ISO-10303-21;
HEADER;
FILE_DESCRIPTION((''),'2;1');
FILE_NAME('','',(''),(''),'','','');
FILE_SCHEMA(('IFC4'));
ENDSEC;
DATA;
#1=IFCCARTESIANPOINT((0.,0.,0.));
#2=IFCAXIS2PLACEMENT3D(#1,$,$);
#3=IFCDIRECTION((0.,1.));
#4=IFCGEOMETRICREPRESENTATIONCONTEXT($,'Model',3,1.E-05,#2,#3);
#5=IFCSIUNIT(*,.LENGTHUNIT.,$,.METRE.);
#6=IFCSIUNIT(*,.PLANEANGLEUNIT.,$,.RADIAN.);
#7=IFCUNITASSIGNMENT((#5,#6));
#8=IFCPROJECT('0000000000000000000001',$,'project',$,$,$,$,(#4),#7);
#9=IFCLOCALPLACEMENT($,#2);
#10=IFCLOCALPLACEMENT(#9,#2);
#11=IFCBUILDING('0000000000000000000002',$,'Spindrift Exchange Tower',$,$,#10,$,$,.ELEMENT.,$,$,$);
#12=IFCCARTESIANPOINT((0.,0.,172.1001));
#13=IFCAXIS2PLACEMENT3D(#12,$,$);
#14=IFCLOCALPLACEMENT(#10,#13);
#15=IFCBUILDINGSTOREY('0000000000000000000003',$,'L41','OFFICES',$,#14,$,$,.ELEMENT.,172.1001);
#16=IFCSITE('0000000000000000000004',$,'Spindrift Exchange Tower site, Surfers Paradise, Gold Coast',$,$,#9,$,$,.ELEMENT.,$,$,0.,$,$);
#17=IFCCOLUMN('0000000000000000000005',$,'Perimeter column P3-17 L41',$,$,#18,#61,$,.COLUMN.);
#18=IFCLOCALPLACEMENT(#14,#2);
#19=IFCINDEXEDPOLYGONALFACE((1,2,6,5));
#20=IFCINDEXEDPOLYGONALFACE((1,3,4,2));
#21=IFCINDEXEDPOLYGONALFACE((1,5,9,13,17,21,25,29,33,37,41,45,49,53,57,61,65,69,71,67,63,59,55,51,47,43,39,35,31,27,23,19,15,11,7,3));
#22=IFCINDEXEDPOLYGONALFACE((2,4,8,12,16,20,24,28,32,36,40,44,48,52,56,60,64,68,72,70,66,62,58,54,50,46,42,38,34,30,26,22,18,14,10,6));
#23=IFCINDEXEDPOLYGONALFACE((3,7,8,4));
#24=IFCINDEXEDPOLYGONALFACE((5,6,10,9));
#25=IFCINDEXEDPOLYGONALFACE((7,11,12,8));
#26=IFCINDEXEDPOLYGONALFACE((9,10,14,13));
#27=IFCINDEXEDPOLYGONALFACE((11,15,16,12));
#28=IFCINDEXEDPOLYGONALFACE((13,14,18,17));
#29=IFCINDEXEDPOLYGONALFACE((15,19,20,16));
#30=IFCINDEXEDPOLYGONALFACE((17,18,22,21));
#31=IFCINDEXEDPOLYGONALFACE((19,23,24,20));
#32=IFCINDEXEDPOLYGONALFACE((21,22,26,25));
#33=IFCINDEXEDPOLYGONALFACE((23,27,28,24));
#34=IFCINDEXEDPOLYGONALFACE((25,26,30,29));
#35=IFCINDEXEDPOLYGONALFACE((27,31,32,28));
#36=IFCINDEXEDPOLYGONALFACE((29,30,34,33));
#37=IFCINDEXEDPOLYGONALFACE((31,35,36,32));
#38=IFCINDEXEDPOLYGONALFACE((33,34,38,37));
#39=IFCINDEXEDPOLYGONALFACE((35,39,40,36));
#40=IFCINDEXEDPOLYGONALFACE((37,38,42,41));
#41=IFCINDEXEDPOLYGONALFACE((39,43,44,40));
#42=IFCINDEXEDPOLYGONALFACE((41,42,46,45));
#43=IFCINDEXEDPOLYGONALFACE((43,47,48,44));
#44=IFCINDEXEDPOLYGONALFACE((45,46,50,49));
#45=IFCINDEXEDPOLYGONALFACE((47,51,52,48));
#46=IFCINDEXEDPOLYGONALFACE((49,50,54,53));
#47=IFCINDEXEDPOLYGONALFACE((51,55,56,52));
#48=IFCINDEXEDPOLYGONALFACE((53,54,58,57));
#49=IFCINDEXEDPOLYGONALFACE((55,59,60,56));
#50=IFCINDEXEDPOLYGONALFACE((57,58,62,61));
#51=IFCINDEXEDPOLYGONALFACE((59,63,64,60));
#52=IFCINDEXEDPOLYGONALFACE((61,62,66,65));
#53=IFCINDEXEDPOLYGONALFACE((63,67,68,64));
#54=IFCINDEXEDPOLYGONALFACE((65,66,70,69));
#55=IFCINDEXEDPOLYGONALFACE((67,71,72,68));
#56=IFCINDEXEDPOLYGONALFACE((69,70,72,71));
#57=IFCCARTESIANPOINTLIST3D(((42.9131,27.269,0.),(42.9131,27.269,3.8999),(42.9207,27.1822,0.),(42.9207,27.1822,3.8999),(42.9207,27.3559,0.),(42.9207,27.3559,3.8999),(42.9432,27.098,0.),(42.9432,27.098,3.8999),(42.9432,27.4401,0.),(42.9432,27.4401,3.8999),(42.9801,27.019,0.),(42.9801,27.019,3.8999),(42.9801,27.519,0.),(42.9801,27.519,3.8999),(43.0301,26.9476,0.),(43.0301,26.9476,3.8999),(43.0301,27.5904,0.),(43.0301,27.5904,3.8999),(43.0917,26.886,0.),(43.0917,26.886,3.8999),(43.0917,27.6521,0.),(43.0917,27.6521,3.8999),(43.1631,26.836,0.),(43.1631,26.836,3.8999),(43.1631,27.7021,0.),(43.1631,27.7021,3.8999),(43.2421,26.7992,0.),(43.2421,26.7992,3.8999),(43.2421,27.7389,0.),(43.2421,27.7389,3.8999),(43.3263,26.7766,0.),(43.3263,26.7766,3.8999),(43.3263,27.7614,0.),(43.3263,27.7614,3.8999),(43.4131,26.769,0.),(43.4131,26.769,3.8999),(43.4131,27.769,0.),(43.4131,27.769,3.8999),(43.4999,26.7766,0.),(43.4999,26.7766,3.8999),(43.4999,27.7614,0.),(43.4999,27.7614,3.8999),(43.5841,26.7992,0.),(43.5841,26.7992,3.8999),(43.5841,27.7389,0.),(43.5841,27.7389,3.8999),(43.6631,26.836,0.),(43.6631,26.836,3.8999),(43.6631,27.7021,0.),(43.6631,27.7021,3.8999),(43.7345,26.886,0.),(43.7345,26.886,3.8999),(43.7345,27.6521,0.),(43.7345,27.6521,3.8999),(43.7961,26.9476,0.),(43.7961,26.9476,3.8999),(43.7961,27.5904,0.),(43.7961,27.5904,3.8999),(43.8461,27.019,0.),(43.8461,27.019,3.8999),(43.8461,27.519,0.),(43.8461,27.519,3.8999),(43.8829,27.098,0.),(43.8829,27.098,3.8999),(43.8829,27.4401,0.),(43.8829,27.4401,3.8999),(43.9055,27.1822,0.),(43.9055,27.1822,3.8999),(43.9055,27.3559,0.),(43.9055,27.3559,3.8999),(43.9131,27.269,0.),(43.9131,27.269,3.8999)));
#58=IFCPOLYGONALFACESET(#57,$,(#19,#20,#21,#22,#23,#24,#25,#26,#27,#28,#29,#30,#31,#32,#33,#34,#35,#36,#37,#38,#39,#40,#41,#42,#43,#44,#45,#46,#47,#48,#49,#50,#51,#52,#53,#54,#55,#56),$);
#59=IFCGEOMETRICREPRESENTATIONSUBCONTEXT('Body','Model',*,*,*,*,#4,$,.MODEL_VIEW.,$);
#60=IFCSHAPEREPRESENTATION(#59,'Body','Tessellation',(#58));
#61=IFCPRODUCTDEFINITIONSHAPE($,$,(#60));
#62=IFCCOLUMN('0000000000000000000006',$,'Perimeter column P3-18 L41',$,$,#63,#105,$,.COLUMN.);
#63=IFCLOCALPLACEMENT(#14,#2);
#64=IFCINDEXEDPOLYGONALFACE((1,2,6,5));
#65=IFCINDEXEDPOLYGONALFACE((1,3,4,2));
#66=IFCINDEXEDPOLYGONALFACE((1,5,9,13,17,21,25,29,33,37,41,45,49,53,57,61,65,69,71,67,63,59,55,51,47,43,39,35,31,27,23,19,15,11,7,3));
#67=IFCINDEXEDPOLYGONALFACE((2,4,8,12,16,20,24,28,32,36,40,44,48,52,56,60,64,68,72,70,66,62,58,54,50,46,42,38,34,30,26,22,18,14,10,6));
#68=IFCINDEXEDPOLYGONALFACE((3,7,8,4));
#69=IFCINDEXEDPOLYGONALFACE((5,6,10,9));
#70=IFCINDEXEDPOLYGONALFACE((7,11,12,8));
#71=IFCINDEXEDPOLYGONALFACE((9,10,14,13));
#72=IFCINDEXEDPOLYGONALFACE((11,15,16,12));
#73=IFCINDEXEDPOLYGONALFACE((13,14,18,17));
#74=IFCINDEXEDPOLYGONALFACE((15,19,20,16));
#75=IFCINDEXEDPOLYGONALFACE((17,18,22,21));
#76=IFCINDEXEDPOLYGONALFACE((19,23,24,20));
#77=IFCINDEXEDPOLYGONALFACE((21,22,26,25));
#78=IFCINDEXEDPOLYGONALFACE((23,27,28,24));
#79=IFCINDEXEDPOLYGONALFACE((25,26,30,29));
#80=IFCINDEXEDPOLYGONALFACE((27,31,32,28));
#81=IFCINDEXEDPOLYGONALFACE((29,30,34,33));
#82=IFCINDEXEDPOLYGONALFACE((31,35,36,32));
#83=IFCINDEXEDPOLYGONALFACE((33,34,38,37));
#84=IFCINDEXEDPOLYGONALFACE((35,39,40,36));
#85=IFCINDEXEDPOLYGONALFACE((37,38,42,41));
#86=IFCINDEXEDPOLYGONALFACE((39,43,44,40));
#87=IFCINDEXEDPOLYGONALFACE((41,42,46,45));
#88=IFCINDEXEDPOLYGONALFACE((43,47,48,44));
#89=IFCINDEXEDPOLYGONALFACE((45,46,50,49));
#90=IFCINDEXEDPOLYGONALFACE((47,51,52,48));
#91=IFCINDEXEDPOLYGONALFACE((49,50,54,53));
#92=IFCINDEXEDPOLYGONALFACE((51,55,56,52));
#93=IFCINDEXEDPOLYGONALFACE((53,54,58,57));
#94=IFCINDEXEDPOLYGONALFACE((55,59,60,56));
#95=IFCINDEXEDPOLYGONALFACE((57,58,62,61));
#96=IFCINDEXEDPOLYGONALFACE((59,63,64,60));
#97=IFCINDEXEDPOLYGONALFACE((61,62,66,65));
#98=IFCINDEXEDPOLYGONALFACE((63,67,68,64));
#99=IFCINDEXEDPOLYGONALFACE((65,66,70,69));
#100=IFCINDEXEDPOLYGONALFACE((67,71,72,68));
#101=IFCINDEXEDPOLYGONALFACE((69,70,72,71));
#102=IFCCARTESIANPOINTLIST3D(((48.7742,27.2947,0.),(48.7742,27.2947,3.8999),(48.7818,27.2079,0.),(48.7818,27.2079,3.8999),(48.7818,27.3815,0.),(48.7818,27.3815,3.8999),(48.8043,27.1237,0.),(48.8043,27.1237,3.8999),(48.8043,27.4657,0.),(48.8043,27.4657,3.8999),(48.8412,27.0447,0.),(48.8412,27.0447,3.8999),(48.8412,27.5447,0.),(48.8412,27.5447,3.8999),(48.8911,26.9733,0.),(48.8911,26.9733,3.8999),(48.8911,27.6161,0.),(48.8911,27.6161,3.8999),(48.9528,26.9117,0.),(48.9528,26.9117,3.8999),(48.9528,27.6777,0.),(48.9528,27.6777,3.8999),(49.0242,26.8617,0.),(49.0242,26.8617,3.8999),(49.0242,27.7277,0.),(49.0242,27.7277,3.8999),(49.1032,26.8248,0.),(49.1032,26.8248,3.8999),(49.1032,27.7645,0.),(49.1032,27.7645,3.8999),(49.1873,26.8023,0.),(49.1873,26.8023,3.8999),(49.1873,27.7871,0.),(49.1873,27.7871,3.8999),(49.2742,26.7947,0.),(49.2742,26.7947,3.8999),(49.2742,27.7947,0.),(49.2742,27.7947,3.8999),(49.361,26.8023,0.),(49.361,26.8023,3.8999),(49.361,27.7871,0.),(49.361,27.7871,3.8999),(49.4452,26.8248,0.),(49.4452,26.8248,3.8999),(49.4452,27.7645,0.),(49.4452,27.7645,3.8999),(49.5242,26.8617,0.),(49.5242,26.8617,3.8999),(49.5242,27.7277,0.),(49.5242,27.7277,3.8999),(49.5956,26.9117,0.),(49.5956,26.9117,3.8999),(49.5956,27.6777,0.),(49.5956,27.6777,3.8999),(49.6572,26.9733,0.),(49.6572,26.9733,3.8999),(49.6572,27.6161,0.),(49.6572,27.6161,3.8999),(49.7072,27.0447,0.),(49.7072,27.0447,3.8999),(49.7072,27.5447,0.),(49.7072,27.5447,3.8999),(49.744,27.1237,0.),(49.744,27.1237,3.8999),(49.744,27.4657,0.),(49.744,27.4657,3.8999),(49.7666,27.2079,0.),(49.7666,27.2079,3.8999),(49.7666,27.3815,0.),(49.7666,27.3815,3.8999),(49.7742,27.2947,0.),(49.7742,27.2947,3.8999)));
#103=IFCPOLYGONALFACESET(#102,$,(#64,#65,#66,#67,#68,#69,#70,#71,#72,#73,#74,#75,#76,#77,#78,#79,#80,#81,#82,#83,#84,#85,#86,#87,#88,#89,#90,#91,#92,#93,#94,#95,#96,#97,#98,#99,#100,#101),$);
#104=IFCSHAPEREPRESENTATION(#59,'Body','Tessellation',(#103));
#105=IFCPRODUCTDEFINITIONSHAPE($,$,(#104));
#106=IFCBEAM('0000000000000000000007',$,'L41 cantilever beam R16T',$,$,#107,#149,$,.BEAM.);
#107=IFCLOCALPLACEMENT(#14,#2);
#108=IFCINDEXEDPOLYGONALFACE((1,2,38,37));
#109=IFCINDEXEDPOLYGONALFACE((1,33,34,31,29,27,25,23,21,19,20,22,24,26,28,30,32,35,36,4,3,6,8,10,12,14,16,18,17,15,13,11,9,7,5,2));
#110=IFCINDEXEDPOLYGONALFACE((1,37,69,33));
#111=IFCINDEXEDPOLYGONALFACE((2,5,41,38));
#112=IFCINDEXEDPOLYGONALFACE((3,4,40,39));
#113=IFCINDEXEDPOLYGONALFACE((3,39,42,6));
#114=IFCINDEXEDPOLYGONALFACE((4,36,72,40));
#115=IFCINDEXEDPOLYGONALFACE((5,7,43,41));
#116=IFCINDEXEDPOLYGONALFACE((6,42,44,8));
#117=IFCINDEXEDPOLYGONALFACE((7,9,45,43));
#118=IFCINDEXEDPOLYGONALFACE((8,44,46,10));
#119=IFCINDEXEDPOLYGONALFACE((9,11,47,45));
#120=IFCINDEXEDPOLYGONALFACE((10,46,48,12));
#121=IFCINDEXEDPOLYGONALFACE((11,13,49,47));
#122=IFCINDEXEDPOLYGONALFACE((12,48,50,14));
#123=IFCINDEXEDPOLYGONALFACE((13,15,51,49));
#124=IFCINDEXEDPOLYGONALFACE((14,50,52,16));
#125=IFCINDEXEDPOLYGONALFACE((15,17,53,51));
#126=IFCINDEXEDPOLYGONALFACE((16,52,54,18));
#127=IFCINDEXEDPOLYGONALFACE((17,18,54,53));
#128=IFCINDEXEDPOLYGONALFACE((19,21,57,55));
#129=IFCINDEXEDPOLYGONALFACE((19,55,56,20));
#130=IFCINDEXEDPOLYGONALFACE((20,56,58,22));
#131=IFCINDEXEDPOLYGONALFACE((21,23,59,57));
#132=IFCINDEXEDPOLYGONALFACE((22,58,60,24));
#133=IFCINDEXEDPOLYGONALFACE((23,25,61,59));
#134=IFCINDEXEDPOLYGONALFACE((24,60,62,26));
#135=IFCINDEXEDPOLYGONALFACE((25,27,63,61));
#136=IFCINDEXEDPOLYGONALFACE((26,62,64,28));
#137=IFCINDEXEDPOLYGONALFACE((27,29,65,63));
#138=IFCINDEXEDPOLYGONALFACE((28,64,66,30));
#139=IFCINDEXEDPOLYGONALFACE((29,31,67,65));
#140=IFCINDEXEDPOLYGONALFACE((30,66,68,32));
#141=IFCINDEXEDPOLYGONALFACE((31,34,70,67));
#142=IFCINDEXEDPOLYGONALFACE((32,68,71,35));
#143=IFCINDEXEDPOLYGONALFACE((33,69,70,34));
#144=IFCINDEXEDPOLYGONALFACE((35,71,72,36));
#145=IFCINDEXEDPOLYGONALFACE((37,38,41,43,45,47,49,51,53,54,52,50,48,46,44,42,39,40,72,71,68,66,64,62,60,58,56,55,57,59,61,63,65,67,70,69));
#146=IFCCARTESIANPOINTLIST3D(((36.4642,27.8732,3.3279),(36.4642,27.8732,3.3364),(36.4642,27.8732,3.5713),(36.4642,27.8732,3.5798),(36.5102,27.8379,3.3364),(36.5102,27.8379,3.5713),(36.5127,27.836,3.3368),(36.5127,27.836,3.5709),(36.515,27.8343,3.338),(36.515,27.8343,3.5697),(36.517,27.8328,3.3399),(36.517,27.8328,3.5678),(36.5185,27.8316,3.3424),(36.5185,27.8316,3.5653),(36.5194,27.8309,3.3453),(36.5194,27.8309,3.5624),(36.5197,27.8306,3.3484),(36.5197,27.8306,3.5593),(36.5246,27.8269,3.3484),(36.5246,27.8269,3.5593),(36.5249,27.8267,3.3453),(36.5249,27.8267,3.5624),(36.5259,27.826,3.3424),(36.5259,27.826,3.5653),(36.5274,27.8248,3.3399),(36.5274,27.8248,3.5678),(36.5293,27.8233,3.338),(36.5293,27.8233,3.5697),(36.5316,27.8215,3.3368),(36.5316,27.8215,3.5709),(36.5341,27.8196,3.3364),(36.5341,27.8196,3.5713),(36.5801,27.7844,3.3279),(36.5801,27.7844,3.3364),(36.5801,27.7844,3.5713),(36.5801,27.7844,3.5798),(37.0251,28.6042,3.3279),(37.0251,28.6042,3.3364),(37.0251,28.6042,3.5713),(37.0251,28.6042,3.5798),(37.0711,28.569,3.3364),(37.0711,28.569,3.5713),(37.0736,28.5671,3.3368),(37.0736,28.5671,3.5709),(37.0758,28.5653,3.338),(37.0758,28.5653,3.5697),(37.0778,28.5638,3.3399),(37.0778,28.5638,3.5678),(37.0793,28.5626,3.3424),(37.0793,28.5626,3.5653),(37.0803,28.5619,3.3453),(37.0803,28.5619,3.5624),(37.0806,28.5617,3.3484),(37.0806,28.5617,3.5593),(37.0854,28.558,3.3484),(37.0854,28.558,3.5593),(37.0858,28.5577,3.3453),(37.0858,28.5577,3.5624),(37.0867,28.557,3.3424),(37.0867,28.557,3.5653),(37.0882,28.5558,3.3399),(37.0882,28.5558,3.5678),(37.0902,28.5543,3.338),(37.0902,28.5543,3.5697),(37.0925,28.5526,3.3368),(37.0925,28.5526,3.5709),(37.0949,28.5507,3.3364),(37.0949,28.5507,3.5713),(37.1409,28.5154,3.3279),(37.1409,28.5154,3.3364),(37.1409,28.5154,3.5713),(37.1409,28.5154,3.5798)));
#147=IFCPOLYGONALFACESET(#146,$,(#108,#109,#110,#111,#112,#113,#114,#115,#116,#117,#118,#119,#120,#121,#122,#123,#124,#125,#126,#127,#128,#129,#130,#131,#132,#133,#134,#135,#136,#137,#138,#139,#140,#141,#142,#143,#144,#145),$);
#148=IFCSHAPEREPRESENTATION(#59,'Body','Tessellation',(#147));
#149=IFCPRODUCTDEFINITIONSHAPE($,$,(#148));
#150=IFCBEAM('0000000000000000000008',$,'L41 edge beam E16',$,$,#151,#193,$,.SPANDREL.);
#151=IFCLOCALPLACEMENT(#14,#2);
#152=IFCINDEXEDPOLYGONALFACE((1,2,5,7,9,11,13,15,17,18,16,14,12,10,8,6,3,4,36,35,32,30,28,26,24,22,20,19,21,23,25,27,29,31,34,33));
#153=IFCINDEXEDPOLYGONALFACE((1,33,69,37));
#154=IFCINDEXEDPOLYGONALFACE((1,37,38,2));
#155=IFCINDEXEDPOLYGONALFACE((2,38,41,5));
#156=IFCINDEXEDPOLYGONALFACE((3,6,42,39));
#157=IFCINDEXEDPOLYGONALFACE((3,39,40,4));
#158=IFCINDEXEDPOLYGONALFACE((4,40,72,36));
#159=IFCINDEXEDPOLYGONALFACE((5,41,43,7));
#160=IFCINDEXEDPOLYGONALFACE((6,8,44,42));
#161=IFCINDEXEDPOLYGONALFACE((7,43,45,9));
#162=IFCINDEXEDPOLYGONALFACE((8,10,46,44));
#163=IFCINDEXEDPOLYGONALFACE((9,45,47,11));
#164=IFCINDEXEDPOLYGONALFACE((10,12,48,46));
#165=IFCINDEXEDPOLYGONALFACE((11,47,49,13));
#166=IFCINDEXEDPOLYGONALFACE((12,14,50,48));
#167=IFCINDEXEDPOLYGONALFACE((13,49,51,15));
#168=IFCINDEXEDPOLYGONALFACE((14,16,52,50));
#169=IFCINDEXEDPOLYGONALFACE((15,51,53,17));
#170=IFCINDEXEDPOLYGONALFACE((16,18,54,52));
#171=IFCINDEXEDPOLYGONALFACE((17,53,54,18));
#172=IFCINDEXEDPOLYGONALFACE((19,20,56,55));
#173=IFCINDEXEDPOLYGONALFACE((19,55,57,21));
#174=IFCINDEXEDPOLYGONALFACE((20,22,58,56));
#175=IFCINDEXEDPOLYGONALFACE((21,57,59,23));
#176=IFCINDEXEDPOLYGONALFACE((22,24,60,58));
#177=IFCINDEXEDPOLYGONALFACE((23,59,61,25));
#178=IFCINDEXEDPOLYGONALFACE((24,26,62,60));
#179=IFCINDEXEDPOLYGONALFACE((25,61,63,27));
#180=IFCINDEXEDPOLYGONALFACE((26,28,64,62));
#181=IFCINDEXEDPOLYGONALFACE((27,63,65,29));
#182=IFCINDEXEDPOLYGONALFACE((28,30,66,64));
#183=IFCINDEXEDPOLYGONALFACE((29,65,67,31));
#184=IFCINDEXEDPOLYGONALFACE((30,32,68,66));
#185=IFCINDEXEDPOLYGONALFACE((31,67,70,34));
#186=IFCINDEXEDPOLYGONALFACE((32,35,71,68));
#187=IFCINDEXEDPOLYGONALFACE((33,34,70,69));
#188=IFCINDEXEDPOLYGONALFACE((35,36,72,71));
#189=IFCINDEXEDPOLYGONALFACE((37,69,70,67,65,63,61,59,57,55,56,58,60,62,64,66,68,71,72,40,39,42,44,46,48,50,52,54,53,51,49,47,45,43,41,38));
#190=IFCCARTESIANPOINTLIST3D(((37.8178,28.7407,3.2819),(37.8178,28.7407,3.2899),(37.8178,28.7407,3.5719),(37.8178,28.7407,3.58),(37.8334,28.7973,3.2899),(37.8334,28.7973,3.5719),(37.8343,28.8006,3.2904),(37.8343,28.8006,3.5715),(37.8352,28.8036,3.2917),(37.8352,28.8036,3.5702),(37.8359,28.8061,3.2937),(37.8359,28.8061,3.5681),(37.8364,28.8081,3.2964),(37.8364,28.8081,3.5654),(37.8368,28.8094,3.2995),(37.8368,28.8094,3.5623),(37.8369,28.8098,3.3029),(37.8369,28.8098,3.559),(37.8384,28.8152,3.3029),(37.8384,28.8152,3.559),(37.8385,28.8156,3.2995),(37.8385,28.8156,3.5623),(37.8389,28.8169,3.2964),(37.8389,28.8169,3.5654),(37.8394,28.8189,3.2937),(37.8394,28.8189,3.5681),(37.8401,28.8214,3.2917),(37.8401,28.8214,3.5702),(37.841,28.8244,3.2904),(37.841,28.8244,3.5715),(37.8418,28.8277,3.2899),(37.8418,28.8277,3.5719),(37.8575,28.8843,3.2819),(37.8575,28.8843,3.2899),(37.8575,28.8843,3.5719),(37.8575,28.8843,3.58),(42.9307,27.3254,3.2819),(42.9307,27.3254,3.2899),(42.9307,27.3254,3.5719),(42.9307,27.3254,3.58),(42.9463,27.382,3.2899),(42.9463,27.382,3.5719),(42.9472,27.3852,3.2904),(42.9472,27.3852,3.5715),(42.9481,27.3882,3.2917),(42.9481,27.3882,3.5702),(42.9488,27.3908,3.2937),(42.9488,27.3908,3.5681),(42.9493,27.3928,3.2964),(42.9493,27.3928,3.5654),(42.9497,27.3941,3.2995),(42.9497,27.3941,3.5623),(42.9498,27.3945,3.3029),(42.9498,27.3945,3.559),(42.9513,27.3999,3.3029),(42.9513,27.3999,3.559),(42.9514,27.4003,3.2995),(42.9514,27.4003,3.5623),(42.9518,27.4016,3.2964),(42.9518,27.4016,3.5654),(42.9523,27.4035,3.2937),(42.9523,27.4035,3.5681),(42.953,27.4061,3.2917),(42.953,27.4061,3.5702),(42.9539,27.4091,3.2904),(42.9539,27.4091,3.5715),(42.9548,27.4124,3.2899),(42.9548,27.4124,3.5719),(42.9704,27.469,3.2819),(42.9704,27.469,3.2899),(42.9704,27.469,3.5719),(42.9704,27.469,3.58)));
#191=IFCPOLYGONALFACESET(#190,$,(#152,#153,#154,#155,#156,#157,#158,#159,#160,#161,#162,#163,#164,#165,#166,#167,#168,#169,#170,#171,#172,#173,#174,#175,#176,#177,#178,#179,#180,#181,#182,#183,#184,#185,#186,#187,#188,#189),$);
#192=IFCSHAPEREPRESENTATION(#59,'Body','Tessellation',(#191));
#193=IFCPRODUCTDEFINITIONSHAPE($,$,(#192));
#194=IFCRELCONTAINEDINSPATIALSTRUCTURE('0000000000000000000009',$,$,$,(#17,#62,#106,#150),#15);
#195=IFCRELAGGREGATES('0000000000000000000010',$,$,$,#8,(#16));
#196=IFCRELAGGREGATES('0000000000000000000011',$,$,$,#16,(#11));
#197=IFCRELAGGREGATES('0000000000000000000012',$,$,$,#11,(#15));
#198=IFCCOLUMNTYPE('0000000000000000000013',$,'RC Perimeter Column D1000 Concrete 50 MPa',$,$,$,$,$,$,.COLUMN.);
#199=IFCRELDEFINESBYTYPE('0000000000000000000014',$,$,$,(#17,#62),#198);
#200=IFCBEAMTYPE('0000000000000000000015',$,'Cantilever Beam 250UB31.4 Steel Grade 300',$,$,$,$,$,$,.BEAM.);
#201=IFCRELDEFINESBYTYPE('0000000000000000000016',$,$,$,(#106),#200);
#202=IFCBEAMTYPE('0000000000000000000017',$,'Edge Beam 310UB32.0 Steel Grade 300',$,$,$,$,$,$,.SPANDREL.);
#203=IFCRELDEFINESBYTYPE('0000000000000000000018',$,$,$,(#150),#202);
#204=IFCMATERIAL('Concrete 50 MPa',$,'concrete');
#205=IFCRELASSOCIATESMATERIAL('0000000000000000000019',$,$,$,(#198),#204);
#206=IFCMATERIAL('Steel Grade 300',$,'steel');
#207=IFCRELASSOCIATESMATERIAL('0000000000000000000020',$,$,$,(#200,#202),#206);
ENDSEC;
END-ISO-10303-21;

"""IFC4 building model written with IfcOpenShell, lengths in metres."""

from ifc_helpers import new_model, si_unit, direction, frame, origin, origin_2d, place, context, subcontext, project, spatial, circle, i_section, extrude, source, transform, mapped, material, material_profile, profile_set, type_object, element, save


model = new_model("IFC4")

# Units and contexts
model_context = context("Model", 3, precision=1e-05, world=origin(), true_north=direction((0.0, 1.0)))
body_context = subcontext(model_context, "Body", "Model", "MODEL_VIEW")
ifc_project = project(units=[si_unit("LENGTHUNIT", "METRE"), si_unit("PLANEANGLEUNIT", "RADIAN")], contexts=[model_context])

# Site, building, storey
site_placement = place(None, origin())
site = spatial("IfcSite", under=ifc_project, at=site_placement, Name="Spindrift Exchange Tower site, Surfers Paradise, Gold Coast", CompositionType="ELEMENT", RefElevation=0.0)
building_placement = place(site_placement, origin())
building = spatial("IfcBuilding", under=site, at=building_placement, Name="Spindrift Exchange Tower", CompositionType="ELEMENT")
storey_placement = place(building_placement, frame((0.0, 0.0, 172.1001)))
storey = spatial("IfcBuildingStorey", under=building, at=storey_placement, Name="L41", Description="OFFICES", CompositionType="ELEMENT", Elevation=172.1001)

# Columns
ifc_material_1 = material(Name="Concrete 50 MPa", Category="concrete")
ifc_material_profile_1 = material_profile(ifc_material_1, circle(Radius=0.5, at=origin_2d()), Name="RC D1000")
ifc_profile_set_1 = profile_set([ifc_material_profile_1], Name="Concrete 50 MPa")
column_type = type_object("IfcColumnType", Name="RC Perimeter Column D1000 Concrete 50 MPa", PredefinedType="COLUMN", material=ifc_profile_set_1)
shared_shape_1 = source(origin(), body_context, "Body", "SweptSolid", [
    extrude(circle(Radius=0.5, at=origin_2d()), origin(), (0.0, 0.0, 1.0), 3.8999),
])
for number, where, z_axis, x_axis, name in (
    (1, (43.4131, 27.269, 0.0), (0.0, 0.0, 1.0), (1.0, 0.0, 0.0), "Perimeter column P3-17 L41"),
    (2, (49.2742, 27.2947, 0.0), (0.0, 0.0, 1.0), (1.0, 0.0, 0.0), "Perimeter column P3-18 L41"),
):
    element("IfcColumn", number, at=place(storey_placement, frame(where, z_axis=z_axis, x_axis=x_axis)), inside=storey, type_object=column_type, Name=name, PredefinedType="COLUMN", context=body_context, shape_type="MappedRepresentation", body=[
        mapped(shared_shape_1, transform((0.0, 0.0, 0.0), scale=1.0)),
    ])

# Beams
ifc_material_2 = material(Name="Steel Grade 300", Category="steel")
ifc_material_profile_2 = material_profile(ifc_material_2, i_section(OverallWidth=0.146, OverallDepth=0.252, WebThickness=0.0061, FlangeThickness=0.0085, FilletRadius=0.012, at=origin_2d()), Name="250UB31.4")
ifc_profile_set_2 = profile_set([ifc_material_profile_2], Name="Steel Grade 300")
beam_type_1 = type_object("IfcBeamType", Name="Cantilever Beam 250UB31.4 Steel Grade 300", PredefinedType="BEAM", material=ifc_profile_set_2)
shared_shape_2 = source(origin(), body_context, "Body", "SweptSolid", [
    extrude(i_section(OverallWidth=0.146, OverallDepth=0.252, WebThickness=0.0061, FlangeThickness=0.0085, FilletRadius=0.012, at=origin_2d()), origin(), (0.0, 0.0, 1.0), 0.9214),
])
beam_1_placement = place(storey_placement, frame((37.083, 28.5598, 3.4539), z_axis=(-0.608699, -0.793402, 0.0), x_axis=(0.793402, -0.608699, 0.0)))
element("IfcBeam", 3, at=beam_1_placement, inside=storey, type_object=beam_type_1, Name="L41 cantilever beam R16T", PredefinedType="BEAM", context=body_context, shape_type="MappedRepresentation", body=[
    mapped(shared_shape_2, transform((0.0, 0.0, 0.0), scale=1.0)),
])
ifc_material_profile_3 = material_profile(ifc_material_2, i_section(OverallWidth=0.1489, OverallDepth=0.2981, WebThickness=0.0056, FlangeThickness=0.0081, FilletRadius=0.0129, at=origin_2d()), Name="310UB32.0")
ifc_profile_set_3 = profile_set([ifc_material_profile_3], Name="Steel Grade 300")
beam_type_2 = type_object("IfcBeamType", Name="Edge Beam 310UB32.0 Steel Grade 300", PredefinedType="SPANDREL", material=ifc_profile_set_3)
shared_shape_3 = source(origin(), body_context, "Body", "SweptSolid", [
    extrude(i_section(OverallWidth=0.1489, OverallDepth=0.2981, WebThickness=0.0056, FlangeThickness=0.0081, FilletRadius=0.0129, at=origin_2d()), origin(), (0.0, 0.0, 1.0), 5.3052),
])
beam_2_placement = place(storey_placement, frame((37.8376, 28.8125, 3.4309), z_axis=(0.963758, -0.26678, 0.0), x_axis=(0.26678, 0.963758, 0.0)))
element("IfcBeam", 4, at=beam_2_placement, inside=storey, type_object=beam_type_2, Name="L41 edge beam E16", PredefinedType="SPANDREL", context=body_context, shape_type="MappedRepresentation", body=[
    mapped(shared_shape_3, transform((0.0, 0.0, 0.0), scale=1.0)),
])

save(model, "model.ifc")
